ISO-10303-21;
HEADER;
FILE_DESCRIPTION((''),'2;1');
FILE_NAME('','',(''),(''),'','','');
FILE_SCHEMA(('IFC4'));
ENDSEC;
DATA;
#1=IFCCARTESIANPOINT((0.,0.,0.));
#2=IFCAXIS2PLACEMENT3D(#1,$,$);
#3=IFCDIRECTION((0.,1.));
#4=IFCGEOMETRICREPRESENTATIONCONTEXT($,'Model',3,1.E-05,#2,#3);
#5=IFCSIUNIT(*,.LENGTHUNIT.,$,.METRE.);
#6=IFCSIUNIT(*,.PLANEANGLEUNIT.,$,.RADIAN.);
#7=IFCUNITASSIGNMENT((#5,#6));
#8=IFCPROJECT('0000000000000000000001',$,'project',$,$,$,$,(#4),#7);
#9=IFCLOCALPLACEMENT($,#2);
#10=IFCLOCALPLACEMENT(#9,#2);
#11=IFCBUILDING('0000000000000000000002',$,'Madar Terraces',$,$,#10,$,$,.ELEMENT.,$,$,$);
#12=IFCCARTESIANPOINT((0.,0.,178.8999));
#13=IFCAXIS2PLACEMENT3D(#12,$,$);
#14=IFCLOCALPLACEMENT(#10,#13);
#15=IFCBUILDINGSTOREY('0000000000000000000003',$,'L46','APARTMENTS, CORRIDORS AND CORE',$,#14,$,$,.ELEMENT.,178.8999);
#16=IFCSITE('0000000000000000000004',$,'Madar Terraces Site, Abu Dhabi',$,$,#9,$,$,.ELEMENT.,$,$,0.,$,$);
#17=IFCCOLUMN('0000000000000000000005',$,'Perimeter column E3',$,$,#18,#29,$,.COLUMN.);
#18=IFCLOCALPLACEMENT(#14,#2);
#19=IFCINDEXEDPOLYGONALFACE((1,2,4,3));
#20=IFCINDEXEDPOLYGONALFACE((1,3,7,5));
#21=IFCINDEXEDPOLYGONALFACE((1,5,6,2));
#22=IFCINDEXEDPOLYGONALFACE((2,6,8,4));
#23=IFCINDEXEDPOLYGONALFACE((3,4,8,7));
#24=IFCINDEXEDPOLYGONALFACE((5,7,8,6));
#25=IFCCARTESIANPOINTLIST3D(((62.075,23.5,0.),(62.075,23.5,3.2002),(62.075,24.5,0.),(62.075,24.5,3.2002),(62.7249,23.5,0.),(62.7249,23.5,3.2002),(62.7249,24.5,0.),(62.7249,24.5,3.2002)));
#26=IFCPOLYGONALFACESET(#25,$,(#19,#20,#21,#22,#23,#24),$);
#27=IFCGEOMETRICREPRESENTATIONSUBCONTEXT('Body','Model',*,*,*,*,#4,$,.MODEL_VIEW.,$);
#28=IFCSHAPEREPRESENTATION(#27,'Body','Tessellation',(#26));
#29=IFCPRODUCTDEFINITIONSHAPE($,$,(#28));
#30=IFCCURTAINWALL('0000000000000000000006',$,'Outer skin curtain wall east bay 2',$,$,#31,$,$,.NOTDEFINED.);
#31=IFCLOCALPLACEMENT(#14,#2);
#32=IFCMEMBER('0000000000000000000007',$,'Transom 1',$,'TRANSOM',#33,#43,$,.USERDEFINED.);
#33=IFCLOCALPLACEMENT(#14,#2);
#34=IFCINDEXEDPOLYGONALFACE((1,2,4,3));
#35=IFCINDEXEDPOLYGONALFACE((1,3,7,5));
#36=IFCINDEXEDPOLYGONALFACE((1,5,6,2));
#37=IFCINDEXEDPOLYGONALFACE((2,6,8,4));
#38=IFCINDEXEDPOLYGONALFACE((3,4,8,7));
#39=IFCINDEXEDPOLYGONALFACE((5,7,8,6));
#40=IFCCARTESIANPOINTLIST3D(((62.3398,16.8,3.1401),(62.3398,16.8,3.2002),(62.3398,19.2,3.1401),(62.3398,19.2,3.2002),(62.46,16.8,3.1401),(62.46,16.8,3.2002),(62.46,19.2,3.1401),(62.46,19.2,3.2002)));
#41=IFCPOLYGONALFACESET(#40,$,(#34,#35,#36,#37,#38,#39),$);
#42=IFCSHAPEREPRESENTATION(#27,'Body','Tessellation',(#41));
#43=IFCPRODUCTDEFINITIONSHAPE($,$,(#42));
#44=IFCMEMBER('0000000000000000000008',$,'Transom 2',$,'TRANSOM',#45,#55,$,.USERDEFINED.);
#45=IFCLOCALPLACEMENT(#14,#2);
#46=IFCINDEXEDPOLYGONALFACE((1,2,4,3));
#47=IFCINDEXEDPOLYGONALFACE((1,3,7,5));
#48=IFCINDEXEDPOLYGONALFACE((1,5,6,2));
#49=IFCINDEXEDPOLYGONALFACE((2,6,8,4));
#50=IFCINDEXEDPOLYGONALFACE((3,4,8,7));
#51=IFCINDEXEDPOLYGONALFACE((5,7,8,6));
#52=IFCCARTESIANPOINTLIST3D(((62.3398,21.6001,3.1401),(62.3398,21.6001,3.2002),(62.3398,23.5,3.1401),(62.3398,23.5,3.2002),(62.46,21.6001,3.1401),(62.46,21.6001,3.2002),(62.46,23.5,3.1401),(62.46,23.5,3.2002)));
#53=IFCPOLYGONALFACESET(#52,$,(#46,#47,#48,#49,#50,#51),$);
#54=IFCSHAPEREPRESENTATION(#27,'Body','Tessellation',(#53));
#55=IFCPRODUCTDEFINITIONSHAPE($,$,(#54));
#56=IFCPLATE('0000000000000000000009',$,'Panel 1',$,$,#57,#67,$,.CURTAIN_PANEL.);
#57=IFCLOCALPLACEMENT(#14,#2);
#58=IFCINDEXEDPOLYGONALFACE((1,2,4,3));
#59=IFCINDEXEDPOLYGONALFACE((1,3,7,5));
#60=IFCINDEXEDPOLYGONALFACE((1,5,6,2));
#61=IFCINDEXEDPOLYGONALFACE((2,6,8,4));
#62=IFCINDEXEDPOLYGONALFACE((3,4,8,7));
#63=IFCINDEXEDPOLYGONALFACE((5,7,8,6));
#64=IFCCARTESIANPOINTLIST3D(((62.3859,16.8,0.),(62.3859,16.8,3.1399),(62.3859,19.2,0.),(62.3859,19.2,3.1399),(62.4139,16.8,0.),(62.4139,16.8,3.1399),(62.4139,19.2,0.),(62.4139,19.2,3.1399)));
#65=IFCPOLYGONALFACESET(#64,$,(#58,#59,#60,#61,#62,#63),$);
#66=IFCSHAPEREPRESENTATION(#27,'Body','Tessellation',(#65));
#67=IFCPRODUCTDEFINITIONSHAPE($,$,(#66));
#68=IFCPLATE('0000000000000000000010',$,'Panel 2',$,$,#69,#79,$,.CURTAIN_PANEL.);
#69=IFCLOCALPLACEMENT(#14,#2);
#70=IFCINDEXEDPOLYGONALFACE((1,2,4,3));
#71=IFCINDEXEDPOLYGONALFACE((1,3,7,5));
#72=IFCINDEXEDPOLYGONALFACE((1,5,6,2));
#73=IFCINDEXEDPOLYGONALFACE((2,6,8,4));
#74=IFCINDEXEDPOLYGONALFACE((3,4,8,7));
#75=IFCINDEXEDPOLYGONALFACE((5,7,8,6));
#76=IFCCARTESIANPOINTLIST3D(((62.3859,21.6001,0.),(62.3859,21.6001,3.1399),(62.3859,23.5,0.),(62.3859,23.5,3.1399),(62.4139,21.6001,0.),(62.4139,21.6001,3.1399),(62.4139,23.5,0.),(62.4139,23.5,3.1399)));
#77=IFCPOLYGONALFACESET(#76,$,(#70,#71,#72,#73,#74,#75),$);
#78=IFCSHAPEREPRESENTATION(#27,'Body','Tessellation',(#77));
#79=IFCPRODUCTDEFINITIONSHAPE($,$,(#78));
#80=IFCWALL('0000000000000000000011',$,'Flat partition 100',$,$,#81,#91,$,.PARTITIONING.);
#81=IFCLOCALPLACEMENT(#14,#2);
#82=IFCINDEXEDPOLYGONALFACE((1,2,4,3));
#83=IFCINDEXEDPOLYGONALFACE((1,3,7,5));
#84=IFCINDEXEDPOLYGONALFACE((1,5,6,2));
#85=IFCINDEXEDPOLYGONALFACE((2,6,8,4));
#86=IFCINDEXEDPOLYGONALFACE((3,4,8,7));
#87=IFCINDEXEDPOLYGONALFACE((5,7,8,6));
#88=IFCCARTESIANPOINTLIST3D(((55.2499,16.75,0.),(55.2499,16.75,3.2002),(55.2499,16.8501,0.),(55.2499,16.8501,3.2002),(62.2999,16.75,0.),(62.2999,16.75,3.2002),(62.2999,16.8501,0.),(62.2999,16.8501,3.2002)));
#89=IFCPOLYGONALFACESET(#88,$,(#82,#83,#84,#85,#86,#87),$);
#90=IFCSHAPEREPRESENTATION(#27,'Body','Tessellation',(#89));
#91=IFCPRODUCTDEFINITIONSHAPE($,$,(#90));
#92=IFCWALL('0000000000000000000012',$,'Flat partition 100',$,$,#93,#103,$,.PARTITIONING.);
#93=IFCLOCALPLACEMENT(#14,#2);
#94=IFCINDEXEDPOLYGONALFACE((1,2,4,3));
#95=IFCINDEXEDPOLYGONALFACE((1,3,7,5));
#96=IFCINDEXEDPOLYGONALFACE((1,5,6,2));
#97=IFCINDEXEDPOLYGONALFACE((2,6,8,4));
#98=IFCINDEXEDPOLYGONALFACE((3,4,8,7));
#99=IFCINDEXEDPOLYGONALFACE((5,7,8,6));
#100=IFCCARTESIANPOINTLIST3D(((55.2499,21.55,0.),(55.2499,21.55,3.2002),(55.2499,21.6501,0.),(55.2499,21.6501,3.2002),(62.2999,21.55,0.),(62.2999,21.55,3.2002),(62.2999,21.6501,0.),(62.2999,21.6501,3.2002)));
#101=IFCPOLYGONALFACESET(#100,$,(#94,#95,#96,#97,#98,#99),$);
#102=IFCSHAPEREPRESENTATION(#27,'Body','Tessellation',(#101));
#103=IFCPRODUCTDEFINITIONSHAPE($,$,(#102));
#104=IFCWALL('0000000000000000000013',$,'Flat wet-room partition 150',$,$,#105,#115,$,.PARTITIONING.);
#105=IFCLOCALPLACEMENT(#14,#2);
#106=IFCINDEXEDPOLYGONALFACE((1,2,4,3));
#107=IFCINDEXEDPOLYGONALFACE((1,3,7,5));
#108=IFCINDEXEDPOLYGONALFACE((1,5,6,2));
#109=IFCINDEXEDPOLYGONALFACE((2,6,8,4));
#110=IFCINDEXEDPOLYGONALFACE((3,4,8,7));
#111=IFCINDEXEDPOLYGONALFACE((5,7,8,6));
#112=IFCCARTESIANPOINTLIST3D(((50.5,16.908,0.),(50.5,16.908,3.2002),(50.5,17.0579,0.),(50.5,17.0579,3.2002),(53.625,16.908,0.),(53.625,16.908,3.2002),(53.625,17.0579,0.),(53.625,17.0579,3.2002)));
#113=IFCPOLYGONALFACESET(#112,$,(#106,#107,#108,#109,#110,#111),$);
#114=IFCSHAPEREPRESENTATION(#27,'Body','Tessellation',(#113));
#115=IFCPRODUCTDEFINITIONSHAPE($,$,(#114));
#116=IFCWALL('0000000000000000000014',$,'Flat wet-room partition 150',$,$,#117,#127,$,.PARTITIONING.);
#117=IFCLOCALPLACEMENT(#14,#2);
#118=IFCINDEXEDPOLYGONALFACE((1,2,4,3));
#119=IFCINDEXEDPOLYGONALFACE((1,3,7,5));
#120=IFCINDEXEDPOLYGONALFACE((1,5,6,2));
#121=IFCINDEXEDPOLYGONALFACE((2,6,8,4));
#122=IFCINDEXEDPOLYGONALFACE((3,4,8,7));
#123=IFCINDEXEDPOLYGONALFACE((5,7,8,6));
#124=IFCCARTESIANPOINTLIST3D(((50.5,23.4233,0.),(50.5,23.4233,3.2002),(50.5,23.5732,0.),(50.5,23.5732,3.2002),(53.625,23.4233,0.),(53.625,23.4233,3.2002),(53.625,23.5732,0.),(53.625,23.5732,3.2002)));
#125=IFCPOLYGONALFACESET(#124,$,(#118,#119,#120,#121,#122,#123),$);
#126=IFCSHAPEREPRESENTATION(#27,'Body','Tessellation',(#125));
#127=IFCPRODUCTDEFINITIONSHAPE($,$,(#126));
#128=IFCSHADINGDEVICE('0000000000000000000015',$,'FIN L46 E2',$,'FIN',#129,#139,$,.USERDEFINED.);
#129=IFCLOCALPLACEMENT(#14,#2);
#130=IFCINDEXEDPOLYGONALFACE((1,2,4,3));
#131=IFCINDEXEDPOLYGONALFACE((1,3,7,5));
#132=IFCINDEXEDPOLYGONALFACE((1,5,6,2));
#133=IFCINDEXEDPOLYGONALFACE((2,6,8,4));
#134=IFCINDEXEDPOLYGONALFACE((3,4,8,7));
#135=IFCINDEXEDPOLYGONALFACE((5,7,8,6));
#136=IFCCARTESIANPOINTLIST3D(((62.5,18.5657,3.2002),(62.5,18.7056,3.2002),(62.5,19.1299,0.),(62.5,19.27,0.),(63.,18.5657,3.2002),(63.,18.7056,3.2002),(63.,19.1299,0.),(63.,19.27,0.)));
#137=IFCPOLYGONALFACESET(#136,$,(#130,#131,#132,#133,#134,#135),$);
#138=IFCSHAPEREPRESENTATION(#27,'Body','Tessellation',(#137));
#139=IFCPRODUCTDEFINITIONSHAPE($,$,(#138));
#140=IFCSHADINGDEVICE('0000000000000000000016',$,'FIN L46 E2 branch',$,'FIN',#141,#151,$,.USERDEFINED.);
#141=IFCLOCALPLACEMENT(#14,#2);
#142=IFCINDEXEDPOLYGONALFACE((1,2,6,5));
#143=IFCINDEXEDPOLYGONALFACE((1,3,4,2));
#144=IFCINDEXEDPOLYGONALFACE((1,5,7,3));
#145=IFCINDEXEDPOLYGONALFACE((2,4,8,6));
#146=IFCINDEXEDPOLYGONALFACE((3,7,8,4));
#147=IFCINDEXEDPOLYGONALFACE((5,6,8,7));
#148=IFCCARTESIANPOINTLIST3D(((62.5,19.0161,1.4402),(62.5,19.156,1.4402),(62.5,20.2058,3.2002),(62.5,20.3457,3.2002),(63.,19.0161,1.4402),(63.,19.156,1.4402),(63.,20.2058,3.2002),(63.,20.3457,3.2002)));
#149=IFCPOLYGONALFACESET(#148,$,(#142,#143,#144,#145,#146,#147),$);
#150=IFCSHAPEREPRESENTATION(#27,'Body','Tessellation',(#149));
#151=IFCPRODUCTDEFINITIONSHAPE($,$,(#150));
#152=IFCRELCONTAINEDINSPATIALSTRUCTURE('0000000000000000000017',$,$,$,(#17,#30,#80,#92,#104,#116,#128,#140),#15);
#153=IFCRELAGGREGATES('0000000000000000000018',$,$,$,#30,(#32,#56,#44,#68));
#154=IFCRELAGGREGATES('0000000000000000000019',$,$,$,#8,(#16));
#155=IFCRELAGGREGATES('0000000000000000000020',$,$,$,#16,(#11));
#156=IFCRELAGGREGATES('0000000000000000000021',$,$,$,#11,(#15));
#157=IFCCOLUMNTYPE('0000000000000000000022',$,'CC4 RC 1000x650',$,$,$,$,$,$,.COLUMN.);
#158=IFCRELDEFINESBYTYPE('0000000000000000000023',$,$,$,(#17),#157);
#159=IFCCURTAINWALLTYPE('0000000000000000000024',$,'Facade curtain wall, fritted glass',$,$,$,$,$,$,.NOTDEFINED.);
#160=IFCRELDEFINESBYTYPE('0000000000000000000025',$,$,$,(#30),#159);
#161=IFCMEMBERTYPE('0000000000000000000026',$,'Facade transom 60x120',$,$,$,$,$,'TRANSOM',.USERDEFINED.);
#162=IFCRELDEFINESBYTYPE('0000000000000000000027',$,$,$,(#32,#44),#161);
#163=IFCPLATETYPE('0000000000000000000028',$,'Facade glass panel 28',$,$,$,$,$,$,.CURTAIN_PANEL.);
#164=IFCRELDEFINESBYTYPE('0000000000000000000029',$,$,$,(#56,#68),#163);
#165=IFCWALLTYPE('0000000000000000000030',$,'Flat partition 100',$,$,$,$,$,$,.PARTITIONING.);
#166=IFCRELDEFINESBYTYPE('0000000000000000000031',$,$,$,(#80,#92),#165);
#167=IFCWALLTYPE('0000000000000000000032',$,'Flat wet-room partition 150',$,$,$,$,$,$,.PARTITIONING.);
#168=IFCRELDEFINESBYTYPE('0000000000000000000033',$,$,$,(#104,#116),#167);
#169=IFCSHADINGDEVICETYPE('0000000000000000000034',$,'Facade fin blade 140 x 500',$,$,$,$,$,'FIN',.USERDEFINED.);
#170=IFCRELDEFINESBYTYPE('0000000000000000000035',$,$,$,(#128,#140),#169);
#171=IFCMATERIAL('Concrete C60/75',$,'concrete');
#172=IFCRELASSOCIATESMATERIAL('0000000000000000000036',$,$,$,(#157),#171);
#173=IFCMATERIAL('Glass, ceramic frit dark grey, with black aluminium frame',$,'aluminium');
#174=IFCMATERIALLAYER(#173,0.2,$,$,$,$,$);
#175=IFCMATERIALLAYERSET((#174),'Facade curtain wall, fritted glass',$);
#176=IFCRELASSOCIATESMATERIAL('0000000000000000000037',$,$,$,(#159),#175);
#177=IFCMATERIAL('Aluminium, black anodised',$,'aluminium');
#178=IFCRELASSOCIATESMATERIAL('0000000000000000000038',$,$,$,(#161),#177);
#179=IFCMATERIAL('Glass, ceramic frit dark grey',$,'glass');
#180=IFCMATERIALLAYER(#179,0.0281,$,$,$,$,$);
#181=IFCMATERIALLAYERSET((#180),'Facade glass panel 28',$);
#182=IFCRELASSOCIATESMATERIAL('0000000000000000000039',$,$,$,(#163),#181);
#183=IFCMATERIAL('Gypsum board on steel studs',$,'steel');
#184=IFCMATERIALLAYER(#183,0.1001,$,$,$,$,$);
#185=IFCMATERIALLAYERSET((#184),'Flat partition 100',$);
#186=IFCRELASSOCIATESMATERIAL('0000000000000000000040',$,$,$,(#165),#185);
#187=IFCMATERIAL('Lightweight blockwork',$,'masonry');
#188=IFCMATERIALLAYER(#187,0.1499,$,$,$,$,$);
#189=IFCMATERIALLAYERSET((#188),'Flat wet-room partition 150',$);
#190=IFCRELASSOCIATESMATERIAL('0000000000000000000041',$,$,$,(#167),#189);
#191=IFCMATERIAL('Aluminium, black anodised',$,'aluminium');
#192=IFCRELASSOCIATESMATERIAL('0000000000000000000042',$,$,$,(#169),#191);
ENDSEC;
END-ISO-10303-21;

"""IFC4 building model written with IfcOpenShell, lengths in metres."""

from ifc_helpers import new_model, si_unit, direction, frame, frame_2d, origin, origin_2d, place, context, subcontext, project, spatial, polyline, rectangle, outline, extrude, material, layer, layer_set, material_profile, profile_set, type_object, element, aggregate, save


model = new_model("IFC4")

# Units and contexts
model_context = context("Model", 3, precision=1e-05, world=origin(), true_north=direction((0.0, 1.0)))
body_context = subcontext(model_context, "Body", "Model", "MODEL_VIEW")
ifc_project = project(units=[si_unit("LENGTHUNIT", "METRE"), si_unit("PLANEANGLEUNIT", "RADIAN")], contexts=[model_context])

# Site, building, storey
site_placement = place(None, origin())
site = spatial("IfcSite", under=ifc_project, at=site_placement, Name="Madar Terraces Site, Abu Dhabi", CompositionType="ELEMENT", RefElevation=0.0)
building_placement = place(site_placement, origin())
building = spatial("IfcBuilding", under=site, at=building_placement, Name="Madar Terraces", CompositionType="ELEMENT")
storey_placement = place(building_placement, frame((0.0, 0.0, 178.8999)))
storey = spatial("IfcBuildingStorey", under=building, at=storey_placement, Name="L46", Description="APARTMENTS, CORRIDORS AND CORE", CompositionType="ELEMENT", Elevation=178.8999)

# Column
ifc_material_1 = material(Name="Concrete C60/75", Category="concrete")
ifc_material_profile_1 = material_profile(ifc_material_1, rectangle(XDim=1.0, YDim=0.6499, at=origin_2d()), Name="CC4 RC 1000x650")
ifc_profile_set_1 = profile_set([ifc_material_profile_1], Name="Concrete C60/75")
column_type = type_object("IfcColumnType", Name="CC4 RC 1000x650", PredefinedType="COLUMN", material=ifc_profile_set_1)
column_placement = place(storey_placement, frame((62.3999, 24.0, 0.0), z_axis=(0.0, 0.0, 1.0), x_axis=(0.0, 1.0, 0.0)))
element("IfcColumn", 1, at=column_placement, inside=storey, type_object=column_type, Name="Perimeter column E3", PredefinedType="COLUMN", context=body_context, shape_type="SweptSolid", body=[
    extrude(rectangle(XDim=1.0, YDim=0.6499, at=origin_2d()), origin(), (0.0, 0.0, 1.0), 3.2002),
])

# Curtain wall, members, plates
ifc_material_2 = material(Name="Glass, ceramic frit dark grey, with black aluminium frame", Category="aluminium")
ifc_layer_1 = layer(ifc_material_2, 0.2)
ifc_layer_set_1 = layer_set([ifc_layer_1], Name="Facade curtain wall, fritted glass")
curtain_wall_type = type_object("IfcCurtainWallType", Name="Facade curtain wall, fritted glass", PredefinedType="NOTDEFINED", material=ifc_layer_set_1)
curtain_wall_placement = place(storey_placement, origin())
curtain_wall = element("IfcCurtainWall", 2, at=curtain_wall_placement, inside=storey, type_object=curtain_wall_type, Name="Outer skin curtain wall east bay 2", PredefinedType="NOTDEFINED")
ifc_material_3 = material(Name="Aluminium, black anodised", Category="aluminium")
ifc_material_profile_2 = material_profile(ifc_material_3, rectangle(XDim=0.1201, YDim=0.0601, at=origin_2d()), Name="Facade transom 60x120")
ifc_profile_set_2 = profile_set([ifc_material_profile_2], Name="Aluminium, black anodised")
member_type = type_object("IfcMemberType", Name="Facade transom 60x120", ElementType="TRANSOM", PredefinedType="USERDEFINED", material=ifc_profile_set_2)
member_1_placement = place(storey_placement, frame((62.3999, 16.8, 3.1702), z_axis=(0.0, 1.0, 0.0), x_axis=(-1.0, 0.0, 0.0)))
member_1 = element("IfcMember", 3, at=member_1_placement, type_object=member_type, Name="Transom 1", ObjectType="TRANSOM", PredefinedType="USERDEFINED", context=body_context, shape_type="SweptSolid", body=[
    extrude(rectangle(XDim=0.1201, YDim=0.0601, at=origin_2d()), origin(), (0.0, 0.0, 1.0), 2.3999),
])
member_2_placement = place(storey_placement, frame((62.3999, 21.6001, 3.1702), z_axis=(0.0, 1.0, 0.0), x_axis=(-1.0, 0.0, 0.0)))
member_2 = element("IfcMember", 4, at=member_2_placement, type_object=member_type, Name="Transom 2", ObjectType="TRANSOM", PredefinedType="USERDEFINED", context=body_context, shape_type="SweptSolid", body=[
    extrude(rectangle(XDim=0.1201, YDim=0.0601, at=origin_2d()), origin(), (0.0, 0.0, 1.0), 1.8999),
])
ifc_material_4 = material(Name="Glass, ceramic frit dark grey", Category="glass")
ifc_layer_2 = layer(ifc_material_4, 0.0281)
ifc_layer_set_2 = layer_set([ifc_layer_2], Name="Facade glass panel 28")
plate_type = type_object("IfcPlateType", Name="Facade glass panel 28", PredefinedType="CURTAIN_PANEL", material=ifc_layer_set_2)
plate_1_placement = place(storey_placement, frame((62.3999, 18.0, 0.0), z_axis=(0.0, 0.0, 1.0), x_axis=(0.0, 1.0, 0.0)))
plate_1 = element("IfcPlate", 5, at=plate_1_placement, type_object=plate_type, Name="Panel 1", PredefinedType="CURTAIN_PANEL", context=body_context, shape_type="SweptSolid", body=[
    extrude(rectangle(XDim=2.3999, YDim=0.0281, at=origin_2d()), origin(), (0.0, 0.0, 1.0), 3.1399),
])
plate_2_placement = place(storey_placement, frame((62.3999, 22.55, 0.0), z_axis=(0.0, 0.0, 1.0), x_axis=(0.0, 1.0, 0.0)))
plate_2 = element("IfcPlate", 6, at=plate_2_placement, type_object=plate_type, Name="Panel 2", PredefinedType="CURTAIN_PANEL", context=body_context, shape_type="SweptSolid", body=[
    extrude(rectangle(XDim=1.8999, YDim=0.0281, at=origin_2d()), origin(), (0.0, 0.0, 1.0), 3.1399),
])
aggregate(curtain_wall, [member_1, plate_1, member_2, plate_2])

# Walls
ifc_material_5 = material(Name="Gypsum board on steel studs", Category="steel")
ifc_layer_3 = layer(ifc_material_5, 0.1001)
ifc_layer_set_3 = layer_set([ifc_layer_3], Name="Flat partition 100")
wall_type_1 = type_object("IfcWallType", Name="Flat partition 100", PredefinedType="PARTITIONING", material=ifc_layer_set_3)
for number, where, z_axis, x_axis, name in (
    (7, (55.25, 16.8, 0.0), (0.0, 0.0, 1.0), (1.0, 0.0, 0.0), "Flat partition 100"),
    (8, (55.25, 21.6001, 0.0), (0.0, 0.0, 1.0), (1.0, 0.0, 0.0), "Flat partition 100"),
):
    element("IfcWall", number, at=place(storey_placement, frame(where, z_axis=z_axis, x_axis=x_axis)), inside=storey, type_object=wall_type_1, Name=name, PredefinedType="PARTITIONING", context=body_context, shape_type="SweptSolid", body=[
        extrude(rectangle(XDim=7.05, YDim=0.1001, at=frame_2d((3.5249, 0.0))), origin(), (0.0, 0.0, 1.0), 3.2002),
    ])
ifc_material_6 = material(Name="Lightweight blockwork", Category="masonry")
ifc_layer_4 = layer(ifc_material_6, 0.1499)
ifc_layer_set_4 = layer_set([ifc_layer_4], Name="Flat wet-room partition 150")
wall_type_2 = type_object("IfcWallType", Name="Flat wet-room partition 150", PredefinedType="PARTITIONING", material=ifc_layer_set_4)
for number, where, z_axis, x_axis, name in (
    (9, (50.5, 16.9829, 0.0), (0.0, 0.0, 1.0), (1.0, 0.0, 0.0), "Flat wet-room partition 150"),
    (10, (50.5, 23.4983, 0.0), (0.0, 0.0, 1.0), (1.0, 0.0, 0.0), "Flat wet-room partition 150"),
):
    element("IfcWall", number, at=place(storey_placement, frame(where, z_axis=z_axis, x_axis=x_axis)), inside=storey, type_object=wall_type_2, Name=name, PredefinedType="PARTITIONING", context=body_context, shape_type="SweptSolid", body=[
        extrude(rectangle(XDim=3.125, YDim=0.1499, at=frame_2d((1.5625, 0.0))), origin(), (0.0, 0.0, 1.0), 3.2002),
    ])

# Shading devices
ifc_material_7 = material(Name="Aluminium, black anodised", Category="aluminium")
shading_device_type = type_object("IfcShadingDeviceType", Name="Facade fin blade 140 x 500", ElementType="FIN", PredefinedType="USERDEFINED", material=ifc_material_7)
shading_device_1_placement = place(storey_placement, frame((62.75, 19.1299, 0.0), z_axis=(0.0, 0.0, 1.0), x_axis=(0.0, 1.0, 0.0)))
element("IfcShadingDevice", 11, at=shading_device_1_placement, inside=storey, type_object=shading_device_type, Name="FIN L46 E2", ObjectType="FIN", PredefinedType="USERDEFINED", context=body_context, shape_type="SweptSolid", body=[
    extrude(outline(polyline([(0.0, 0.0), (0.1401, 0.0), (-0.4243, 3.2002), (-0.5642, 3.2002), (0.0, 0.0)])), frame((0.0, 0.25, 0.0), z_axis=(0.0, -1.0, 0.0), x_axis=(1.0, 0.0, 0.0)), (0.0, 0.0, 1.0), 0.5),
])
shading_device_2_placement = place(storey_placement, frame((62.75, 19.0161, 1.4402), z_axis=(0.0, 0.0, 1.0), x_axis=(0.0, 1.0, 0.0)))
element("IfcShadingDevice", 12, at=shading_device_2_placement, inside=storey, type_object=shading_device_type, Name="FIN L46 E2 branch", ObjectType="FIN", PredefinedType="USERDEFINED", context=body_context, shape_type="SweptSolid", body=[
    extrude(outline(polyline([(0.0, 0.0), (0.1399, 0.0), (1.3296, 1.76), (1.1897, 1.76), (0.0, 0.0)])), frame((0.0, 0.25, 0.0), z_axis=(0.0, -1.0, 0.0), x_axis=(1.0, 0.0, 0.0)), (0.0, 0.0, 1.0), 0.5),
])

save(model, "model.ifc")
